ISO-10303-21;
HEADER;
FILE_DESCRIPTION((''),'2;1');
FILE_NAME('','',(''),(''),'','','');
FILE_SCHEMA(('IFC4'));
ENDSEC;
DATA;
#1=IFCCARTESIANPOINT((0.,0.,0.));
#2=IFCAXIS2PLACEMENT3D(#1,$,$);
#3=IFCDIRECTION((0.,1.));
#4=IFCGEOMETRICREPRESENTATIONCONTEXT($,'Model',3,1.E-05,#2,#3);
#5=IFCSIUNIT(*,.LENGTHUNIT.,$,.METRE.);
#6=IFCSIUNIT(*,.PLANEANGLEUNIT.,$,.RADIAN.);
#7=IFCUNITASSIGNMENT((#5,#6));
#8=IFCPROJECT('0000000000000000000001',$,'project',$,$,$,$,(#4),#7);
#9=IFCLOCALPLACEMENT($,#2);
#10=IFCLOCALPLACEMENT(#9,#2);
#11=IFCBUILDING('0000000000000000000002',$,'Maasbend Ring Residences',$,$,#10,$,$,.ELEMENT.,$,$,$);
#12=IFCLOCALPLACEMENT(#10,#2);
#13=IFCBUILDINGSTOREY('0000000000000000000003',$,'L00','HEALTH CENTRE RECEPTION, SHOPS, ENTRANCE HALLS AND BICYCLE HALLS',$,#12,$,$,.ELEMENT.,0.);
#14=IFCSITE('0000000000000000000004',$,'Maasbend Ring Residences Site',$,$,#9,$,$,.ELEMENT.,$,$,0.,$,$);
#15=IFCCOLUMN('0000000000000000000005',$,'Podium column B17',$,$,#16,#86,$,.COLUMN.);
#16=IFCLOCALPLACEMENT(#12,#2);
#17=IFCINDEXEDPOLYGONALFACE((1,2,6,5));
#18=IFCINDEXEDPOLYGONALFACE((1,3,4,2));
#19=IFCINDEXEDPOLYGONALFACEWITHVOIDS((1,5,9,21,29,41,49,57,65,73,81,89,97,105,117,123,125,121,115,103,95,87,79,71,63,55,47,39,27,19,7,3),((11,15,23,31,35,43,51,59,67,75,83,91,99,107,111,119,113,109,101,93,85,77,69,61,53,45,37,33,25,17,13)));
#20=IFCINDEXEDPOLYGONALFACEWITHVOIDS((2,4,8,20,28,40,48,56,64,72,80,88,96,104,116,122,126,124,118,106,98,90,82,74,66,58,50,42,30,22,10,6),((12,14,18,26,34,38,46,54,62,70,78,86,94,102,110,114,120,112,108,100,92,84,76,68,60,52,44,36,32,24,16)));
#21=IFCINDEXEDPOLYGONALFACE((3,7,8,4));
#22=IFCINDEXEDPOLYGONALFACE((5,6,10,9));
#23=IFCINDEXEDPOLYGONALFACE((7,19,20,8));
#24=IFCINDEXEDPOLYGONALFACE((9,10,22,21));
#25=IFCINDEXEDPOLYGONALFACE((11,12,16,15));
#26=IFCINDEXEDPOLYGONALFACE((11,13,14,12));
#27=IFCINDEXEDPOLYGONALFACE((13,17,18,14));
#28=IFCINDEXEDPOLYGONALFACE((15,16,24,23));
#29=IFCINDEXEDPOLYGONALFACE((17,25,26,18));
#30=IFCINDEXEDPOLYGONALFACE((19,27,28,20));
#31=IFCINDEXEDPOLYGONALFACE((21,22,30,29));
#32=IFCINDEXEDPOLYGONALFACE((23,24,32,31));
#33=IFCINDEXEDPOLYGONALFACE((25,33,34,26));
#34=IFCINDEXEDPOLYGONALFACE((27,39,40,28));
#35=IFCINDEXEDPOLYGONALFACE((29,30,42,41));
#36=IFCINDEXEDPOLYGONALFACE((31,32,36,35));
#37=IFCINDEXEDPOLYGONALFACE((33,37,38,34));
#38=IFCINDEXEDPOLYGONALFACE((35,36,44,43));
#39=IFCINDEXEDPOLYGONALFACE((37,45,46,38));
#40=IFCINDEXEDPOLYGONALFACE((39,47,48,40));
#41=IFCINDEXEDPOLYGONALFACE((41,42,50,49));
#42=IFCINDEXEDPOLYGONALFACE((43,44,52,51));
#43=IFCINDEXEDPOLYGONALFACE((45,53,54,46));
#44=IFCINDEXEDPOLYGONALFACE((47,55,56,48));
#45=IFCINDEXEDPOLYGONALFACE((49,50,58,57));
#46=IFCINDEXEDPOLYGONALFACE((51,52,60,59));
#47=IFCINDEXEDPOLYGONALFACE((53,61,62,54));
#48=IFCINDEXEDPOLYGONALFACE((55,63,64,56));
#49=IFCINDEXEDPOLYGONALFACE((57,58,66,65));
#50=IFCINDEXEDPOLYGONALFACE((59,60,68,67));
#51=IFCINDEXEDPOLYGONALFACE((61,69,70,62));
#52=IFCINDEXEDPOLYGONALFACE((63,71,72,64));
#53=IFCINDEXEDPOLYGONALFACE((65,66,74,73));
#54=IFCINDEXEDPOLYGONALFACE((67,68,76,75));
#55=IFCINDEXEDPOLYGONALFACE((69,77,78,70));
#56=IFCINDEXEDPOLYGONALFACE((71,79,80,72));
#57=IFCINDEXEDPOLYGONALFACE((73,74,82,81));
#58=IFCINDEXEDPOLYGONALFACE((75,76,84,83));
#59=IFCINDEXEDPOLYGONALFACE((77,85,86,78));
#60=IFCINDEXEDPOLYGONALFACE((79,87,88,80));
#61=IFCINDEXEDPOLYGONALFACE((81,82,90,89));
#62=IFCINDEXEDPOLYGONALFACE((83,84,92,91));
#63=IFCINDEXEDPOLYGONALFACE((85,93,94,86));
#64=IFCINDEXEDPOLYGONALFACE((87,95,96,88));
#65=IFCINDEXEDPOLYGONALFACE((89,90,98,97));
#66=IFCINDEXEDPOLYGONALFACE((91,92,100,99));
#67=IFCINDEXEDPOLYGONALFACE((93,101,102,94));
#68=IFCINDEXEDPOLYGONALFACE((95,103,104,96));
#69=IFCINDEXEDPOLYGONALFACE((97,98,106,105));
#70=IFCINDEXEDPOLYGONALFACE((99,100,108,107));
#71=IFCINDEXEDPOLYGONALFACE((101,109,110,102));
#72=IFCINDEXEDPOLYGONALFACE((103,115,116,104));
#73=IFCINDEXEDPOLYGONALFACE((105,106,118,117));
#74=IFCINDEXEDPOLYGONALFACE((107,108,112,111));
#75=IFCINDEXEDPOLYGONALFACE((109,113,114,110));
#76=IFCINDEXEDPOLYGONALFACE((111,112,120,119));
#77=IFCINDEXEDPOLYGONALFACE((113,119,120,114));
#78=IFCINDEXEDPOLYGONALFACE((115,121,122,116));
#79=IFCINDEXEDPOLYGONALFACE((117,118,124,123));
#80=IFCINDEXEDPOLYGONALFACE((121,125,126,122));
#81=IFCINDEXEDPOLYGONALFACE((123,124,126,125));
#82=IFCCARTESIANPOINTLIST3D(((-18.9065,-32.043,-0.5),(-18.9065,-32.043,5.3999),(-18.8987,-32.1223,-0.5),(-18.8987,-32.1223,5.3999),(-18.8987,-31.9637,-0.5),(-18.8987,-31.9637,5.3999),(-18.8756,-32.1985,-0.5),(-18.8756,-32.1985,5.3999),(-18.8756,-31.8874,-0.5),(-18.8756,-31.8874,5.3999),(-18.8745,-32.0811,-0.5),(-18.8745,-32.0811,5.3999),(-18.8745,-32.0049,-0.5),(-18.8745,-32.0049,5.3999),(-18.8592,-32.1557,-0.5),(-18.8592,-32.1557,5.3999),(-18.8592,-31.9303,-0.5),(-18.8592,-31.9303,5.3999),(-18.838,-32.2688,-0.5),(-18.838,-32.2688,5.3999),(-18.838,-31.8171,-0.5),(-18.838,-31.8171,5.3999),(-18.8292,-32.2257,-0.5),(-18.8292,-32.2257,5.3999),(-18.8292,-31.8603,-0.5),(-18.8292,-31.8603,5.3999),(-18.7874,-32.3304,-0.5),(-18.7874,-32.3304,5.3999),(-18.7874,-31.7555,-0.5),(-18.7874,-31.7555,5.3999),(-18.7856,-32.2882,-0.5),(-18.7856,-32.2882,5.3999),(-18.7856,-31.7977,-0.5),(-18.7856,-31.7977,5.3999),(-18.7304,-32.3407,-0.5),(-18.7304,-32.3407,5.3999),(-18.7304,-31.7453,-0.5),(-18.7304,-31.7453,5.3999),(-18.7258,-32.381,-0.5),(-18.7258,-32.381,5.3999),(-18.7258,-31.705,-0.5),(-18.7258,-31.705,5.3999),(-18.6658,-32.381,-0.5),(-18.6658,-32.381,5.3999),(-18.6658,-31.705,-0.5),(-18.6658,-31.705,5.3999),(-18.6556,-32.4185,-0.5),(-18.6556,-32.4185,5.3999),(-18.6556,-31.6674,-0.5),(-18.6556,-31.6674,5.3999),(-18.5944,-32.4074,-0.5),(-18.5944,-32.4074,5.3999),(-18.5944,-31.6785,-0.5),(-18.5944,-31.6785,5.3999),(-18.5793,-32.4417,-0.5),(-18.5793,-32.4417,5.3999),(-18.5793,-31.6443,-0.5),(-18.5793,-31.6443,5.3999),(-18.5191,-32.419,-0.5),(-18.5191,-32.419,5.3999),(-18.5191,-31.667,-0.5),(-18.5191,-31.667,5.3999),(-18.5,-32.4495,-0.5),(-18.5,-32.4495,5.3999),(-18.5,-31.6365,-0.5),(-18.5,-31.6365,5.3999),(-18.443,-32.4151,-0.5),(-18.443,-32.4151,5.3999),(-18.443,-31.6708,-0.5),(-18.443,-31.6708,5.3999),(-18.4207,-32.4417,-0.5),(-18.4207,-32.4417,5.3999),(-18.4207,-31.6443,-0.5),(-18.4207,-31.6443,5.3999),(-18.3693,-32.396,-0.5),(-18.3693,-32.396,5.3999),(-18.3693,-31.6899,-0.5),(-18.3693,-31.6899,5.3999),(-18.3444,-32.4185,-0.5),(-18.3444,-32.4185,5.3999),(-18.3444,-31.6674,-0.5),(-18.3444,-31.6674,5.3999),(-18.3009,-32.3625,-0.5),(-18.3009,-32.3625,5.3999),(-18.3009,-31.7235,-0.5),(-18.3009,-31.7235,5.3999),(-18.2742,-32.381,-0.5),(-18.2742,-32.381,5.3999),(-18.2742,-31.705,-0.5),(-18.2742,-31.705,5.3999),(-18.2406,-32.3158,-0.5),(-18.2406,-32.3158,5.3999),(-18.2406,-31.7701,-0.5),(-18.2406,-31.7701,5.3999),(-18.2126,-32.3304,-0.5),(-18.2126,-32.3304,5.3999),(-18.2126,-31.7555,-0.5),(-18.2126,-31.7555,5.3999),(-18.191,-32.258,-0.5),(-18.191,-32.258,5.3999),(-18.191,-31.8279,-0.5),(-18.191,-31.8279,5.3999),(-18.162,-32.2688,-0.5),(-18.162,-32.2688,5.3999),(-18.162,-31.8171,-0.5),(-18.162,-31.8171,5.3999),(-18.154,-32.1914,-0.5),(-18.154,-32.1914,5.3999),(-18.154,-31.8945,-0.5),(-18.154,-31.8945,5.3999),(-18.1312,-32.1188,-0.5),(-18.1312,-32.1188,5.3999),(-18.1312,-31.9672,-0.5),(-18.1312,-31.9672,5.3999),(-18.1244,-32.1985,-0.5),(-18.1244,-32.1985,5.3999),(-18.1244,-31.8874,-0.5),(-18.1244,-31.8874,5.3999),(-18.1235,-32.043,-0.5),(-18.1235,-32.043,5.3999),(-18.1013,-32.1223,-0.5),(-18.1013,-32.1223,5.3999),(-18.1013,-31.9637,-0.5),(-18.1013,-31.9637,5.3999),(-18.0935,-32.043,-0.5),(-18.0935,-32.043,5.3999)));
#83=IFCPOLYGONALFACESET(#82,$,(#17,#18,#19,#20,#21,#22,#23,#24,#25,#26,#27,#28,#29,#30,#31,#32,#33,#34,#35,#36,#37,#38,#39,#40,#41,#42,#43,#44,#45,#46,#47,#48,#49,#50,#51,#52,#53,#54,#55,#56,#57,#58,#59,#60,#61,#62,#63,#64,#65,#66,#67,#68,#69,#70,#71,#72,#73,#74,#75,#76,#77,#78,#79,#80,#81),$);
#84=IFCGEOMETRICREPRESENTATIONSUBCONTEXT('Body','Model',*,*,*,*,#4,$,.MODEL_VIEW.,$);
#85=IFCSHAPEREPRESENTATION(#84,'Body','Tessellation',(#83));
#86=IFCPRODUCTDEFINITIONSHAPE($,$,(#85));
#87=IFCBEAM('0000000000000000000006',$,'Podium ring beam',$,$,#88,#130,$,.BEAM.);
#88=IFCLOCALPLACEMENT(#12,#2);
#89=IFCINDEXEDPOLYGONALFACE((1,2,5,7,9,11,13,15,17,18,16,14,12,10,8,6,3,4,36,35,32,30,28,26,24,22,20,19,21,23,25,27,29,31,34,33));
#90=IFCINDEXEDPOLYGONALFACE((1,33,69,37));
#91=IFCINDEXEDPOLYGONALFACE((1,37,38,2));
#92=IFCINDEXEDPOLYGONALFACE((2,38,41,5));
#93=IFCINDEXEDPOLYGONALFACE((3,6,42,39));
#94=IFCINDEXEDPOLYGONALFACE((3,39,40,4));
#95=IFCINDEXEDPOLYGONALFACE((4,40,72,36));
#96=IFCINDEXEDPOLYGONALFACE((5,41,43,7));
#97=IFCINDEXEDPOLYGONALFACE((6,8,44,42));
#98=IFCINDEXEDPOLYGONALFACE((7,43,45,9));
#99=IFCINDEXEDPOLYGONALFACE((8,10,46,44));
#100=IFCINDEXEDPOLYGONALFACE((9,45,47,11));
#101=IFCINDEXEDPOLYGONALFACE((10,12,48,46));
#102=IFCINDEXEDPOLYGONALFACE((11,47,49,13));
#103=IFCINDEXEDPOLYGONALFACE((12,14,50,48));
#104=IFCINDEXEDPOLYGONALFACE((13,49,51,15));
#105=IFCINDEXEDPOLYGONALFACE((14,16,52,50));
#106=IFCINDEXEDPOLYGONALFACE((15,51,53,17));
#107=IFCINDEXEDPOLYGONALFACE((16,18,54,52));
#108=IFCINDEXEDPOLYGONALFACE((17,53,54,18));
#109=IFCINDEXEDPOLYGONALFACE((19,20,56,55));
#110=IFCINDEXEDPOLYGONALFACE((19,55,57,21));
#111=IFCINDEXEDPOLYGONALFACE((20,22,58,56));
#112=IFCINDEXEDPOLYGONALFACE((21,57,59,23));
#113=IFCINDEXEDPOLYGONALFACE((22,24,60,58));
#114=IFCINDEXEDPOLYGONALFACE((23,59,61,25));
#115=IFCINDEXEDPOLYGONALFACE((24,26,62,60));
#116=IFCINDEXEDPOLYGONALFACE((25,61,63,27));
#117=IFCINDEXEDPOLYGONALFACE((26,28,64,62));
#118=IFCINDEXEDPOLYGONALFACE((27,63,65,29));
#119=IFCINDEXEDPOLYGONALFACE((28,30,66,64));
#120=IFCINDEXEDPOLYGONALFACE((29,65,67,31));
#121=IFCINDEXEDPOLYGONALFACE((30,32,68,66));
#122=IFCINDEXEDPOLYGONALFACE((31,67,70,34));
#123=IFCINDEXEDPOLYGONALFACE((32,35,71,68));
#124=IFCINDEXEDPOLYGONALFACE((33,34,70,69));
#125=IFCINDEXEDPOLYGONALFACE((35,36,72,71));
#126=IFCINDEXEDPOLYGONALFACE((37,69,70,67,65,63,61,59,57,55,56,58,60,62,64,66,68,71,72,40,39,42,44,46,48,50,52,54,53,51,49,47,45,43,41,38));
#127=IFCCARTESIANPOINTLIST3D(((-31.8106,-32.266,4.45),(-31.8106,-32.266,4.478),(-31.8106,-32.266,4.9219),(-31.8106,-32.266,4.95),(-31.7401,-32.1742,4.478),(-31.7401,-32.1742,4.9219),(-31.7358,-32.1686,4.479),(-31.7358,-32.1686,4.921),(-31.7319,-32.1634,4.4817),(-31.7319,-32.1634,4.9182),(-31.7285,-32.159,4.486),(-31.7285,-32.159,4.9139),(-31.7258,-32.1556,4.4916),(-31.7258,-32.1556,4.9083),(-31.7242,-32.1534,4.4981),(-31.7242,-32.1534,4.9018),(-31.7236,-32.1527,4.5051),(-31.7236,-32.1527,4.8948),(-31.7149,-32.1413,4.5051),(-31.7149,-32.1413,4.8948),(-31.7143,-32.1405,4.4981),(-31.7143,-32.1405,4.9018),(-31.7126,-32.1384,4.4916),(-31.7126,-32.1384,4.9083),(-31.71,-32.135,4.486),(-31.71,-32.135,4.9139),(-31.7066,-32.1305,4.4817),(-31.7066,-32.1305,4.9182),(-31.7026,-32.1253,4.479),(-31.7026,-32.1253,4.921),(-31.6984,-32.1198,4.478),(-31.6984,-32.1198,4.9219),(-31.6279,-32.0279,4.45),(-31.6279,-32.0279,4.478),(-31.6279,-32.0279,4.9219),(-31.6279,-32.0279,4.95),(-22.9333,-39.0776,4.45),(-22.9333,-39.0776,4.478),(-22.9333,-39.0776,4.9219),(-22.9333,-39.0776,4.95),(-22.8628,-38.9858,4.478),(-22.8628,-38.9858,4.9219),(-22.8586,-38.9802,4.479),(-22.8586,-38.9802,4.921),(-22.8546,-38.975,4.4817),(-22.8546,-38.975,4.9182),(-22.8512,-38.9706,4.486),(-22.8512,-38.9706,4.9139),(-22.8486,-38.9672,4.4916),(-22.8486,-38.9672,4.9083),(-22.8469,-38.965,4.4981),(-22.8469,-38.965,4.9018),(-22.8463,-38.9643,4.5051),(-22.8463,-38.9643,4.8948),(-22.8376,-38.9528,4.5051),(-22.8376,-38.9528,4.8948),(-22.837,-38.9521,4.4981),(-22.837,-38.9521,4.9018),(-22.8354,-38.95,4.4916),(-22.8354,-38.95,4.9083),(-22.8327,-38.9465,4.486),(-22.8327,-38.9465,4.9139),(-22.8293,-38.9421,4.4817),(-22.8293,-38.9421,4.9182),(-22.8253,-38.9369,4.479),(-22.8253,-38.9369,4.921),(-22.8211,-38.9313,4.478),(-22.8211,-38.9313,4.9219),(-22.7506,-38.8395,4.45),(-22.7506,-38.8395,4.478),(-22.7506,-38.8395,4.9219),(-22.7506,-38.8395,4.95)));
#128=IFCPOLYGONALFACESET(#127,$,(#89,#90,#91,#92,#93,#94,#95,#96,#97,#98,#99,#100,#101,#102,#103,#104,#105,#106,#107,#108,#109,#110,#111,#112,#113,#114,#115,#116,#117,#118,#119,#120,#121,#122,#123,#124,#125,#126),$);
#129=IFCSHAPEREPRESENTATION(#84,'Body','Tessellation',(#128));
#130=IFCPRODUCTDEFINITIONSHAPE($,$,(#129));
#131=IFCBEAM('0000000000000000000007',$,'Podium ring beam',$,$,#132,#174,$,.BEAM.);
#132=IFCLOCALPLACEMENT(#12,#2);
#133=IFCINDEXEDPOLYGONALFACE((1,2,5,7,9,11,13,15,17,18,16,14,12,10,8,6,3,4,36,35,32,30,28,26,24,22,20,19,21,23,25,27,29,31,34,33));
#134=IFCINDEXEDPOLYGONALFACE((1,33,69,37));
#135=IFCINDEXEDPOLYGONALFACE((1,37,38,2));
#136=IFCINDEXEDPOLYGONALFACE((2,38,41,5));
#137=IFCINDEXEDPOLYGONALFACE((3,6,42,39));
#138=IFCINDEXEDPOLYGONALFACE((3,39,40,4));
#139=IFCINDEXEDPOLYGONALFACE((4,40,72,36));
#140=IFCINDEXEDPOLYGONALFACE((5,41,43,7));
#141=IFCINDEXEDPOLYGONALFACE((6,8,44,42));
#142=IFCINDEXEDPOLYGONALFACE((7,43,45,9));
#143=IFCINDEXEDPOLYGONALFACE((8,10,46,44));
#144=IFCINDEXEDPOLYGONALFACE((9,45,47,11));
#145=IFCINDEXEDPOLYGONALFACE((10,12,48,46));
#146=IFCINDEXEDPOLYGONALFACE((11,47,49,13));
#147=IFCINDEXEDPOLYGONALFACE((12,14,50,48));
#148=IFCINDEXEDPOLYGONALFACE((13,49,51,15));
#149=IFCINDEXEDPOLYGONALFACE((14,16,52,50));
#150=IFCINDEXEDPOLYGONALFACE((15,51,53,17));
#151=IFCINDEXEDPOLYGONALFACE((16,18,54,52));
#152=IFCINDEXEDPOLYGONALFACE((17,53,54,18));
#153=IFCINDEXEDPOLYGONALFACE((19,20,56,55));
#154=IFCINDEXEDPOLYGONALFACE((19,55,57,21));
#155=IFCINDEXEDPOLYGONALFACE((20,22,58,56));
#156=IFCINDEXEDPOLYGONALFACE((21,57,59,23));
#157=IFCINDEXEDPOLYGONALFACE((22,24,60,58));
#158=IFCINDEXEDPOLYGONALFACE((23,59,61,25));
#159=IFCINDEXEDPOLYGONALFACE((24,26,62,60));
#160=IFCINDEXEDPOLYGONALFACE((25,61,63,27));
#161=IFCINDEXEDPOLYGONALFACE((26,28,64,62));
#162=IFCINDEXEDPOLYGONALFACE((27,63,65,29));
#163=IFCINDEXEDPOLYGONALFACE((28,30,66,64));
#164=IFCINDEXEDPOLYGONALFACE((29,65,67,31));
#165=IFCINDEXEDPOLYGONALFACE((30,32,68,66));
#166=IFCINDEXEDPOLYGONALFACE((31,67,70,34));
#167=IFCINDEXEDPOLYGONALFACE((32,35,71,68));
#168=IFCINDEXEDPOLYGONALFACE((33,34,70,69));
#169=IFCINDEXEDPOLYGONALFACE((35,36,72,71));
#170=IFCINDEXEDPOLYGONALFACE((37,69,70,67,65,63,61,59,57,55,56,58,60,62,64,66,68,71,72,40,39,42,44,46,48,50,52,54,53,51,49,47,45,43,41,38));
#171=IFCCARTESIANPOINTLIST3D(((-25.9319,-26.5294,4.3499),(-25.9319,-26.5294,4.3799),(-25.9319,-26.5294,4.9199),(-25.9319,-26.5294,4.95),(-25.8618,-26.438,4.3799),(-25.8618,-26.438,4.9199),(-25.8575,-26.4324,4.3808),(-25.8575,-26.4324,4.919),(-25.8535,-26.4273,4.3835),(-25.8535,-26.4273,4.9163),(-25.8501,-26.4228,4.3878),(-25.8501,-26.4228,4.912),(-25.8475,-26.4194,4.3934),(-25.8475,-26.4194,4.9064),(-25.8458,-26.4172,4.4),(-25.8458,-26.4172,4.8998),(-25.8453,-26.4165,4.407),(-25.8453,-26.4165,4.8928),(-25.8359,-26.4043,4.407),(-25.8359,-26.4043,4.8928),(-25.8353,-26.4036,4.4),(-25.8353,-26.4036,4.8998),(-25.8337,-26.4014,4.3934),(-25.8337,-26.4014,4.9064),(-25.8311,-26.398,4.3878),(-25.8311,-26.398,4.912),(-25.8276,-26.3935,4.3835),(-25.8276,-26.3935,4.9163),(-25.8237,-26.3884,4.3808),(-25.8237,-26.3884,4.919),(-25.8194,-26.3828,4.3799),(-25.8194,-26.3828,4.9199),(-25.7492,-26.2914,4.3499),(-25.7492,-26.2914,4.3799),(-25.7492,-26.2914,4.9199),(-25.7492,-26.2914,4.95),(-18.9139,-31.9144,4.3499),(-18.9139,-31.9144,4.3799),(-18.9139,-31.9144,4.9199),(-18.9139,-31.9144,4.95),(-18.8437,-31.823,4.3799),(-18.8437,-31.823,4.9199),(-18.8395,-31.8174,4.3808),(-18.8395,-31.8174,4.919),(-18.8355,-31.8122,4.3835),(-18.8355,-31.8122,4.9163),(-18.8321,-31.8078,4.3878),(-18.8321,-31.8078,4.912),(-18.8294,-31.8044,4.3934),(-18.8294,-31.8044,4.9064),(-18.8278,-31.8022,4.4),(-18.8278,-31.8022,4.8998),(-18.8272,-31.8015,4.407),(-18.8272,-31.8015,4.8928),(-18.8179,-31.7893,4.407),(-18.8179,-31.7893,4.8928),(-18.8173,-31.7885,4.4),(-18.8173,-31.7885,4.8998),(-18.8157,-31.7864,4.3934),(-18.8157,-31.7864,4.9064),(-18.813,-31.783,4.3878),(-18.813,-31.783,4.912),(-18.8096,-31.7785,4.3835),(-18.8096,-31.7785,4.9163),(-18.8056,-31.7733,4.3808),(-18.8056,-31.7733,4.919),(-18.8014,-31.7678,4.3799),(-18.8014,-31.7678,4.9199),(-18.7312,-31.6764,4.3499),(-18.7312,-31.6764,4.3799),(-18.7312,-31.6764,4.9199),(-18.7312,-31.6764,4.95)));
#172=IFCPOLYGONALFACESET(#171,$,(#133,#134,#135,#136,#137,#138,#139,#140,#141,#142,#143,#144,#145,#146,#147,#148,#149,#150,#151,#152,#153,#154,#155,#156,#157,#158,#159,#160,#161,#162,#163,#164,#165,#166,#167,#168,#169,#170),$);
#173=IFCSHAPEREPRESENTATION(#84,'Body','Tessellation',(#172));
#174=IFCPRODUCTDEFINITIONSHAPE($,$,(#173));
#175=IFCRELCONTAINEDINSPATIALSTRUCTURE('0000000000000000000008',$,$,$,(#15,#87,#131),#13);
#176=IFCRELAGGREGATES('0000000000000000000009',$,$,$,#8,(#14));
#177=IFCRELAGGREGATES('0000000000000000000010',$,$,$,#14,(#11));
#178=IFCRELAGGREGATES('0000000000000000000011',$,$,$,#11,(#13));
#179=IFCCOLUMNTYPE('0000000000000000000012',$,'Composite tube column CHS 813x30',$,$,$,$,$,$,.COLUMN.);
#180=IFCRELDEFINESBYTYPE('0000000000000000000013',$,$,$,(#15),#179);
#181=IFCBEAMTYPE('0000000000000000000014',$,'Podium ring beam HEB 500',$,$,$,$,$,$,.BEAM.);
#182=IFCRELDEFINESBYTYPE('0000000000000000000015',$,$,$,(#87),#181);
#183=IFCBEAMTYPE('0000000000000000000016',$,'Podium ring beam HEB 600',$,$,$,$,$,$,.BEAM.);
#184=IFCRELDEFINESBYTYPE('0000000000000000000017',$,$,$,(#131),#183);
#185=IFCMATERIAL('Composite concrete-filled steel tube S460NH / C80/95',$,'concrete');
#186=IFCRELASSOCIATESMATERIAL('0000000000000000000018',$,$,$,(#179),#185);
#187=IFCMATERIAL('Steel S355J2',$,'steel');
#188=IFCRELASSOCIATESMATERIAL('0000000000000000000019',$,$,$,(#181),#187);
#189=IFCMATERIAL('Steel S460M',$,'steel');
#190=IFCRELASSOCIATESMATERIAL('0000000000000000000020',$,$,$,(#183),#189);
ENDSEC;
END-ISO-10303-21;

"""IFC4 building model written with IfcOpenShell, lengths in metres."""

from ifc_helpers import new_model, si_unit, direction, frame, origin, origin_2d, place, context, subcontext, project, spatial, hollow_circle, i_section, extrude, material, material_profile, profile_set, type_object, element, save


model = new_model("IFC4")

# Units and contexts
model_context = context("Model", 3, precision=1e-05, world=origin(), true_north=direction((0.0, 1.0)))
body_context = subcontext(model_context, "Body", "Model", "MODEL_VIEW")
ifc_project = project(units=[si_unit("LENGTHUNIT", "METRE"), si_unit("PLANEANGLEUNIT", "RADIAN")], contexts=[model_context])

# Site, building, storey
site_placement = place(None, origin())
site = spatial("IfcSite", under=ifc_project, at=site_placement, Name="Maasbend Ring Residences Site", CompositionType="ELEMENT", RefElevation=0.0)
building_placement = place(site_placement, origin())
building = spatial("IfcBuilding", under=site, at=building_placement, Name="Maasbend Ring Residences", CompositionType="ELEMENT")
storey_placement = place(building_placement, origin())
storey = spatial("IfcBuildingStorey", under=building, at=storey_placement, Name="L00", Description="HEALTH CENTRE RECEPTION, SHOPS, ENTRANCE HALLS AND BICYCLE HALLS", CompositionType="ELEMENT", Elevation=0.0)

# Column
ifc_material_1 = material(Name="Composite concrete-filled steel tube S460NH / C80/95", Category="concrete")
ifc_material_profile_1 = material_profile(ifc_material_1, hollow_circle(Radius=0.4065, WallThickness=0.03, at=origin_2d()), Name="Composite tube column CHS 813x30")
ifc_profile_set_1 = profile_set([ifc_material_profile_1], Name="Composite concrete-filled steel tube S460NH / C80/95")
column_type_1 = type_object("IfcColumnType", Name="Composite tube column CHS 813x30", PredefinedType="COLUMN", material=ifc_profile_set_1)
for number, where, z_axis, x_axis, name in (
    (1, (-18.5, -32.043, -0.5), (0.0, 0.0, 1.0), (1.0, 0.0, 0.0), "Podium column B17"),
):
    element("IfcColumn", number, at=place(storey_placement, frame(where, z_axis=z_axis, x_axis=x_axis)), inside=storey, type_object=column_type_1, Name=name, PredefinedType="COLUMN", context=body_context, shape_type="SweptSolid", body=[
        extrude(hollow_circle(Radius=0.4065, WallThickness=0.03, at=origin_2d()), origin(), (0.0, 0.0, 1.0), 5.8999),
    ])

# Beams
ifc_material_2 = material(Name="Steel S355J2", Category="steel")
ifc_material_profile_2 = material_profile(ifc_material_2, i_section(OverallWidth=0.3, OverallDepth=0.5, WebThickness=0.0144, FlangeThickness=0.0281, FilletRadius=0.0271, at=origin_2d()), Name="HEB 500")
ifc_profile_set_2 = profile_set([ifc_material_profile_2], Name="Steel S355J2")
beam_type_1 = type_object("IfcBeamType", Name="Podium ring beam HEB 500", PredefinedType="BEAM", material=ifc_profile_set_2)
beam_1_placement = place(storey_placement, frame((-31.7192, -32.147, 4.7), z_axis=(0.793362, -0.608751, 0.0), x_axis=(0.608751, 0.793362, 0.0)))
element("IfcBeam", 2, at=beam_1_placement, inside=storey, type_object=beam_type_1, Name="Podium ring beam", PredefinedType="BEAM", context=body_context, shape_type="SweptSolid", body=[
    extrude(i_section(OverallWidth=0.3, OverallDepth=0.5, WebThickness=0.0144, FlangeThickness=0.0281, FilletRadius=0.0271, at=origin_2d()), origin(), (0.0, 0.0, 1.0), 11.1895),
])
ifc_material_3 = material(Name="Steel S460M", Category="steel")
ifc_material_profile_3 = material_profile(ifc_material_3, i_section(OverallWidth=0.3, OverallDepth=0.6001, WebThickness=0.0154, FlangeThickness=0.03, FilletRadius=0.0271, at=origin_2d()), Name="HEB 600")
ifc_profile_set_3 = profile_set([ifc_material_profile_3], Name="Steel S460M")
beam_type_2 = type_object("IfcBeamType", Name="Podium ring beam HEB 600", PredefinedType="BEAM", material=ifc_profile_set_3)
beam_2_placement = place(storey_placement, frame((-25.8406, -26.4104, 4.6499), z_axis=(0.793361, -0.608751, 0.0), x_axis=(0.608751, 0.793361, 0.0)))
element("IfcBeam", 3, at=beam_2_placement, inside=storey, type_object=beam_type_2, Name="Podium ring beam", PredefinedType="BEAM", context=body_context, shape_type="SweptSolid", body=[
    extrude(i_section(OverallWidth=0.3, OverallDepth=0.6001, WebThickness=0.0154, FlangeThickness=0.03, FilletRadius=0.0271, at=origin_2d()), origin(), (0.0, 0.0, 1.0), 8.8459),
])

save(model, "model.ifc")
